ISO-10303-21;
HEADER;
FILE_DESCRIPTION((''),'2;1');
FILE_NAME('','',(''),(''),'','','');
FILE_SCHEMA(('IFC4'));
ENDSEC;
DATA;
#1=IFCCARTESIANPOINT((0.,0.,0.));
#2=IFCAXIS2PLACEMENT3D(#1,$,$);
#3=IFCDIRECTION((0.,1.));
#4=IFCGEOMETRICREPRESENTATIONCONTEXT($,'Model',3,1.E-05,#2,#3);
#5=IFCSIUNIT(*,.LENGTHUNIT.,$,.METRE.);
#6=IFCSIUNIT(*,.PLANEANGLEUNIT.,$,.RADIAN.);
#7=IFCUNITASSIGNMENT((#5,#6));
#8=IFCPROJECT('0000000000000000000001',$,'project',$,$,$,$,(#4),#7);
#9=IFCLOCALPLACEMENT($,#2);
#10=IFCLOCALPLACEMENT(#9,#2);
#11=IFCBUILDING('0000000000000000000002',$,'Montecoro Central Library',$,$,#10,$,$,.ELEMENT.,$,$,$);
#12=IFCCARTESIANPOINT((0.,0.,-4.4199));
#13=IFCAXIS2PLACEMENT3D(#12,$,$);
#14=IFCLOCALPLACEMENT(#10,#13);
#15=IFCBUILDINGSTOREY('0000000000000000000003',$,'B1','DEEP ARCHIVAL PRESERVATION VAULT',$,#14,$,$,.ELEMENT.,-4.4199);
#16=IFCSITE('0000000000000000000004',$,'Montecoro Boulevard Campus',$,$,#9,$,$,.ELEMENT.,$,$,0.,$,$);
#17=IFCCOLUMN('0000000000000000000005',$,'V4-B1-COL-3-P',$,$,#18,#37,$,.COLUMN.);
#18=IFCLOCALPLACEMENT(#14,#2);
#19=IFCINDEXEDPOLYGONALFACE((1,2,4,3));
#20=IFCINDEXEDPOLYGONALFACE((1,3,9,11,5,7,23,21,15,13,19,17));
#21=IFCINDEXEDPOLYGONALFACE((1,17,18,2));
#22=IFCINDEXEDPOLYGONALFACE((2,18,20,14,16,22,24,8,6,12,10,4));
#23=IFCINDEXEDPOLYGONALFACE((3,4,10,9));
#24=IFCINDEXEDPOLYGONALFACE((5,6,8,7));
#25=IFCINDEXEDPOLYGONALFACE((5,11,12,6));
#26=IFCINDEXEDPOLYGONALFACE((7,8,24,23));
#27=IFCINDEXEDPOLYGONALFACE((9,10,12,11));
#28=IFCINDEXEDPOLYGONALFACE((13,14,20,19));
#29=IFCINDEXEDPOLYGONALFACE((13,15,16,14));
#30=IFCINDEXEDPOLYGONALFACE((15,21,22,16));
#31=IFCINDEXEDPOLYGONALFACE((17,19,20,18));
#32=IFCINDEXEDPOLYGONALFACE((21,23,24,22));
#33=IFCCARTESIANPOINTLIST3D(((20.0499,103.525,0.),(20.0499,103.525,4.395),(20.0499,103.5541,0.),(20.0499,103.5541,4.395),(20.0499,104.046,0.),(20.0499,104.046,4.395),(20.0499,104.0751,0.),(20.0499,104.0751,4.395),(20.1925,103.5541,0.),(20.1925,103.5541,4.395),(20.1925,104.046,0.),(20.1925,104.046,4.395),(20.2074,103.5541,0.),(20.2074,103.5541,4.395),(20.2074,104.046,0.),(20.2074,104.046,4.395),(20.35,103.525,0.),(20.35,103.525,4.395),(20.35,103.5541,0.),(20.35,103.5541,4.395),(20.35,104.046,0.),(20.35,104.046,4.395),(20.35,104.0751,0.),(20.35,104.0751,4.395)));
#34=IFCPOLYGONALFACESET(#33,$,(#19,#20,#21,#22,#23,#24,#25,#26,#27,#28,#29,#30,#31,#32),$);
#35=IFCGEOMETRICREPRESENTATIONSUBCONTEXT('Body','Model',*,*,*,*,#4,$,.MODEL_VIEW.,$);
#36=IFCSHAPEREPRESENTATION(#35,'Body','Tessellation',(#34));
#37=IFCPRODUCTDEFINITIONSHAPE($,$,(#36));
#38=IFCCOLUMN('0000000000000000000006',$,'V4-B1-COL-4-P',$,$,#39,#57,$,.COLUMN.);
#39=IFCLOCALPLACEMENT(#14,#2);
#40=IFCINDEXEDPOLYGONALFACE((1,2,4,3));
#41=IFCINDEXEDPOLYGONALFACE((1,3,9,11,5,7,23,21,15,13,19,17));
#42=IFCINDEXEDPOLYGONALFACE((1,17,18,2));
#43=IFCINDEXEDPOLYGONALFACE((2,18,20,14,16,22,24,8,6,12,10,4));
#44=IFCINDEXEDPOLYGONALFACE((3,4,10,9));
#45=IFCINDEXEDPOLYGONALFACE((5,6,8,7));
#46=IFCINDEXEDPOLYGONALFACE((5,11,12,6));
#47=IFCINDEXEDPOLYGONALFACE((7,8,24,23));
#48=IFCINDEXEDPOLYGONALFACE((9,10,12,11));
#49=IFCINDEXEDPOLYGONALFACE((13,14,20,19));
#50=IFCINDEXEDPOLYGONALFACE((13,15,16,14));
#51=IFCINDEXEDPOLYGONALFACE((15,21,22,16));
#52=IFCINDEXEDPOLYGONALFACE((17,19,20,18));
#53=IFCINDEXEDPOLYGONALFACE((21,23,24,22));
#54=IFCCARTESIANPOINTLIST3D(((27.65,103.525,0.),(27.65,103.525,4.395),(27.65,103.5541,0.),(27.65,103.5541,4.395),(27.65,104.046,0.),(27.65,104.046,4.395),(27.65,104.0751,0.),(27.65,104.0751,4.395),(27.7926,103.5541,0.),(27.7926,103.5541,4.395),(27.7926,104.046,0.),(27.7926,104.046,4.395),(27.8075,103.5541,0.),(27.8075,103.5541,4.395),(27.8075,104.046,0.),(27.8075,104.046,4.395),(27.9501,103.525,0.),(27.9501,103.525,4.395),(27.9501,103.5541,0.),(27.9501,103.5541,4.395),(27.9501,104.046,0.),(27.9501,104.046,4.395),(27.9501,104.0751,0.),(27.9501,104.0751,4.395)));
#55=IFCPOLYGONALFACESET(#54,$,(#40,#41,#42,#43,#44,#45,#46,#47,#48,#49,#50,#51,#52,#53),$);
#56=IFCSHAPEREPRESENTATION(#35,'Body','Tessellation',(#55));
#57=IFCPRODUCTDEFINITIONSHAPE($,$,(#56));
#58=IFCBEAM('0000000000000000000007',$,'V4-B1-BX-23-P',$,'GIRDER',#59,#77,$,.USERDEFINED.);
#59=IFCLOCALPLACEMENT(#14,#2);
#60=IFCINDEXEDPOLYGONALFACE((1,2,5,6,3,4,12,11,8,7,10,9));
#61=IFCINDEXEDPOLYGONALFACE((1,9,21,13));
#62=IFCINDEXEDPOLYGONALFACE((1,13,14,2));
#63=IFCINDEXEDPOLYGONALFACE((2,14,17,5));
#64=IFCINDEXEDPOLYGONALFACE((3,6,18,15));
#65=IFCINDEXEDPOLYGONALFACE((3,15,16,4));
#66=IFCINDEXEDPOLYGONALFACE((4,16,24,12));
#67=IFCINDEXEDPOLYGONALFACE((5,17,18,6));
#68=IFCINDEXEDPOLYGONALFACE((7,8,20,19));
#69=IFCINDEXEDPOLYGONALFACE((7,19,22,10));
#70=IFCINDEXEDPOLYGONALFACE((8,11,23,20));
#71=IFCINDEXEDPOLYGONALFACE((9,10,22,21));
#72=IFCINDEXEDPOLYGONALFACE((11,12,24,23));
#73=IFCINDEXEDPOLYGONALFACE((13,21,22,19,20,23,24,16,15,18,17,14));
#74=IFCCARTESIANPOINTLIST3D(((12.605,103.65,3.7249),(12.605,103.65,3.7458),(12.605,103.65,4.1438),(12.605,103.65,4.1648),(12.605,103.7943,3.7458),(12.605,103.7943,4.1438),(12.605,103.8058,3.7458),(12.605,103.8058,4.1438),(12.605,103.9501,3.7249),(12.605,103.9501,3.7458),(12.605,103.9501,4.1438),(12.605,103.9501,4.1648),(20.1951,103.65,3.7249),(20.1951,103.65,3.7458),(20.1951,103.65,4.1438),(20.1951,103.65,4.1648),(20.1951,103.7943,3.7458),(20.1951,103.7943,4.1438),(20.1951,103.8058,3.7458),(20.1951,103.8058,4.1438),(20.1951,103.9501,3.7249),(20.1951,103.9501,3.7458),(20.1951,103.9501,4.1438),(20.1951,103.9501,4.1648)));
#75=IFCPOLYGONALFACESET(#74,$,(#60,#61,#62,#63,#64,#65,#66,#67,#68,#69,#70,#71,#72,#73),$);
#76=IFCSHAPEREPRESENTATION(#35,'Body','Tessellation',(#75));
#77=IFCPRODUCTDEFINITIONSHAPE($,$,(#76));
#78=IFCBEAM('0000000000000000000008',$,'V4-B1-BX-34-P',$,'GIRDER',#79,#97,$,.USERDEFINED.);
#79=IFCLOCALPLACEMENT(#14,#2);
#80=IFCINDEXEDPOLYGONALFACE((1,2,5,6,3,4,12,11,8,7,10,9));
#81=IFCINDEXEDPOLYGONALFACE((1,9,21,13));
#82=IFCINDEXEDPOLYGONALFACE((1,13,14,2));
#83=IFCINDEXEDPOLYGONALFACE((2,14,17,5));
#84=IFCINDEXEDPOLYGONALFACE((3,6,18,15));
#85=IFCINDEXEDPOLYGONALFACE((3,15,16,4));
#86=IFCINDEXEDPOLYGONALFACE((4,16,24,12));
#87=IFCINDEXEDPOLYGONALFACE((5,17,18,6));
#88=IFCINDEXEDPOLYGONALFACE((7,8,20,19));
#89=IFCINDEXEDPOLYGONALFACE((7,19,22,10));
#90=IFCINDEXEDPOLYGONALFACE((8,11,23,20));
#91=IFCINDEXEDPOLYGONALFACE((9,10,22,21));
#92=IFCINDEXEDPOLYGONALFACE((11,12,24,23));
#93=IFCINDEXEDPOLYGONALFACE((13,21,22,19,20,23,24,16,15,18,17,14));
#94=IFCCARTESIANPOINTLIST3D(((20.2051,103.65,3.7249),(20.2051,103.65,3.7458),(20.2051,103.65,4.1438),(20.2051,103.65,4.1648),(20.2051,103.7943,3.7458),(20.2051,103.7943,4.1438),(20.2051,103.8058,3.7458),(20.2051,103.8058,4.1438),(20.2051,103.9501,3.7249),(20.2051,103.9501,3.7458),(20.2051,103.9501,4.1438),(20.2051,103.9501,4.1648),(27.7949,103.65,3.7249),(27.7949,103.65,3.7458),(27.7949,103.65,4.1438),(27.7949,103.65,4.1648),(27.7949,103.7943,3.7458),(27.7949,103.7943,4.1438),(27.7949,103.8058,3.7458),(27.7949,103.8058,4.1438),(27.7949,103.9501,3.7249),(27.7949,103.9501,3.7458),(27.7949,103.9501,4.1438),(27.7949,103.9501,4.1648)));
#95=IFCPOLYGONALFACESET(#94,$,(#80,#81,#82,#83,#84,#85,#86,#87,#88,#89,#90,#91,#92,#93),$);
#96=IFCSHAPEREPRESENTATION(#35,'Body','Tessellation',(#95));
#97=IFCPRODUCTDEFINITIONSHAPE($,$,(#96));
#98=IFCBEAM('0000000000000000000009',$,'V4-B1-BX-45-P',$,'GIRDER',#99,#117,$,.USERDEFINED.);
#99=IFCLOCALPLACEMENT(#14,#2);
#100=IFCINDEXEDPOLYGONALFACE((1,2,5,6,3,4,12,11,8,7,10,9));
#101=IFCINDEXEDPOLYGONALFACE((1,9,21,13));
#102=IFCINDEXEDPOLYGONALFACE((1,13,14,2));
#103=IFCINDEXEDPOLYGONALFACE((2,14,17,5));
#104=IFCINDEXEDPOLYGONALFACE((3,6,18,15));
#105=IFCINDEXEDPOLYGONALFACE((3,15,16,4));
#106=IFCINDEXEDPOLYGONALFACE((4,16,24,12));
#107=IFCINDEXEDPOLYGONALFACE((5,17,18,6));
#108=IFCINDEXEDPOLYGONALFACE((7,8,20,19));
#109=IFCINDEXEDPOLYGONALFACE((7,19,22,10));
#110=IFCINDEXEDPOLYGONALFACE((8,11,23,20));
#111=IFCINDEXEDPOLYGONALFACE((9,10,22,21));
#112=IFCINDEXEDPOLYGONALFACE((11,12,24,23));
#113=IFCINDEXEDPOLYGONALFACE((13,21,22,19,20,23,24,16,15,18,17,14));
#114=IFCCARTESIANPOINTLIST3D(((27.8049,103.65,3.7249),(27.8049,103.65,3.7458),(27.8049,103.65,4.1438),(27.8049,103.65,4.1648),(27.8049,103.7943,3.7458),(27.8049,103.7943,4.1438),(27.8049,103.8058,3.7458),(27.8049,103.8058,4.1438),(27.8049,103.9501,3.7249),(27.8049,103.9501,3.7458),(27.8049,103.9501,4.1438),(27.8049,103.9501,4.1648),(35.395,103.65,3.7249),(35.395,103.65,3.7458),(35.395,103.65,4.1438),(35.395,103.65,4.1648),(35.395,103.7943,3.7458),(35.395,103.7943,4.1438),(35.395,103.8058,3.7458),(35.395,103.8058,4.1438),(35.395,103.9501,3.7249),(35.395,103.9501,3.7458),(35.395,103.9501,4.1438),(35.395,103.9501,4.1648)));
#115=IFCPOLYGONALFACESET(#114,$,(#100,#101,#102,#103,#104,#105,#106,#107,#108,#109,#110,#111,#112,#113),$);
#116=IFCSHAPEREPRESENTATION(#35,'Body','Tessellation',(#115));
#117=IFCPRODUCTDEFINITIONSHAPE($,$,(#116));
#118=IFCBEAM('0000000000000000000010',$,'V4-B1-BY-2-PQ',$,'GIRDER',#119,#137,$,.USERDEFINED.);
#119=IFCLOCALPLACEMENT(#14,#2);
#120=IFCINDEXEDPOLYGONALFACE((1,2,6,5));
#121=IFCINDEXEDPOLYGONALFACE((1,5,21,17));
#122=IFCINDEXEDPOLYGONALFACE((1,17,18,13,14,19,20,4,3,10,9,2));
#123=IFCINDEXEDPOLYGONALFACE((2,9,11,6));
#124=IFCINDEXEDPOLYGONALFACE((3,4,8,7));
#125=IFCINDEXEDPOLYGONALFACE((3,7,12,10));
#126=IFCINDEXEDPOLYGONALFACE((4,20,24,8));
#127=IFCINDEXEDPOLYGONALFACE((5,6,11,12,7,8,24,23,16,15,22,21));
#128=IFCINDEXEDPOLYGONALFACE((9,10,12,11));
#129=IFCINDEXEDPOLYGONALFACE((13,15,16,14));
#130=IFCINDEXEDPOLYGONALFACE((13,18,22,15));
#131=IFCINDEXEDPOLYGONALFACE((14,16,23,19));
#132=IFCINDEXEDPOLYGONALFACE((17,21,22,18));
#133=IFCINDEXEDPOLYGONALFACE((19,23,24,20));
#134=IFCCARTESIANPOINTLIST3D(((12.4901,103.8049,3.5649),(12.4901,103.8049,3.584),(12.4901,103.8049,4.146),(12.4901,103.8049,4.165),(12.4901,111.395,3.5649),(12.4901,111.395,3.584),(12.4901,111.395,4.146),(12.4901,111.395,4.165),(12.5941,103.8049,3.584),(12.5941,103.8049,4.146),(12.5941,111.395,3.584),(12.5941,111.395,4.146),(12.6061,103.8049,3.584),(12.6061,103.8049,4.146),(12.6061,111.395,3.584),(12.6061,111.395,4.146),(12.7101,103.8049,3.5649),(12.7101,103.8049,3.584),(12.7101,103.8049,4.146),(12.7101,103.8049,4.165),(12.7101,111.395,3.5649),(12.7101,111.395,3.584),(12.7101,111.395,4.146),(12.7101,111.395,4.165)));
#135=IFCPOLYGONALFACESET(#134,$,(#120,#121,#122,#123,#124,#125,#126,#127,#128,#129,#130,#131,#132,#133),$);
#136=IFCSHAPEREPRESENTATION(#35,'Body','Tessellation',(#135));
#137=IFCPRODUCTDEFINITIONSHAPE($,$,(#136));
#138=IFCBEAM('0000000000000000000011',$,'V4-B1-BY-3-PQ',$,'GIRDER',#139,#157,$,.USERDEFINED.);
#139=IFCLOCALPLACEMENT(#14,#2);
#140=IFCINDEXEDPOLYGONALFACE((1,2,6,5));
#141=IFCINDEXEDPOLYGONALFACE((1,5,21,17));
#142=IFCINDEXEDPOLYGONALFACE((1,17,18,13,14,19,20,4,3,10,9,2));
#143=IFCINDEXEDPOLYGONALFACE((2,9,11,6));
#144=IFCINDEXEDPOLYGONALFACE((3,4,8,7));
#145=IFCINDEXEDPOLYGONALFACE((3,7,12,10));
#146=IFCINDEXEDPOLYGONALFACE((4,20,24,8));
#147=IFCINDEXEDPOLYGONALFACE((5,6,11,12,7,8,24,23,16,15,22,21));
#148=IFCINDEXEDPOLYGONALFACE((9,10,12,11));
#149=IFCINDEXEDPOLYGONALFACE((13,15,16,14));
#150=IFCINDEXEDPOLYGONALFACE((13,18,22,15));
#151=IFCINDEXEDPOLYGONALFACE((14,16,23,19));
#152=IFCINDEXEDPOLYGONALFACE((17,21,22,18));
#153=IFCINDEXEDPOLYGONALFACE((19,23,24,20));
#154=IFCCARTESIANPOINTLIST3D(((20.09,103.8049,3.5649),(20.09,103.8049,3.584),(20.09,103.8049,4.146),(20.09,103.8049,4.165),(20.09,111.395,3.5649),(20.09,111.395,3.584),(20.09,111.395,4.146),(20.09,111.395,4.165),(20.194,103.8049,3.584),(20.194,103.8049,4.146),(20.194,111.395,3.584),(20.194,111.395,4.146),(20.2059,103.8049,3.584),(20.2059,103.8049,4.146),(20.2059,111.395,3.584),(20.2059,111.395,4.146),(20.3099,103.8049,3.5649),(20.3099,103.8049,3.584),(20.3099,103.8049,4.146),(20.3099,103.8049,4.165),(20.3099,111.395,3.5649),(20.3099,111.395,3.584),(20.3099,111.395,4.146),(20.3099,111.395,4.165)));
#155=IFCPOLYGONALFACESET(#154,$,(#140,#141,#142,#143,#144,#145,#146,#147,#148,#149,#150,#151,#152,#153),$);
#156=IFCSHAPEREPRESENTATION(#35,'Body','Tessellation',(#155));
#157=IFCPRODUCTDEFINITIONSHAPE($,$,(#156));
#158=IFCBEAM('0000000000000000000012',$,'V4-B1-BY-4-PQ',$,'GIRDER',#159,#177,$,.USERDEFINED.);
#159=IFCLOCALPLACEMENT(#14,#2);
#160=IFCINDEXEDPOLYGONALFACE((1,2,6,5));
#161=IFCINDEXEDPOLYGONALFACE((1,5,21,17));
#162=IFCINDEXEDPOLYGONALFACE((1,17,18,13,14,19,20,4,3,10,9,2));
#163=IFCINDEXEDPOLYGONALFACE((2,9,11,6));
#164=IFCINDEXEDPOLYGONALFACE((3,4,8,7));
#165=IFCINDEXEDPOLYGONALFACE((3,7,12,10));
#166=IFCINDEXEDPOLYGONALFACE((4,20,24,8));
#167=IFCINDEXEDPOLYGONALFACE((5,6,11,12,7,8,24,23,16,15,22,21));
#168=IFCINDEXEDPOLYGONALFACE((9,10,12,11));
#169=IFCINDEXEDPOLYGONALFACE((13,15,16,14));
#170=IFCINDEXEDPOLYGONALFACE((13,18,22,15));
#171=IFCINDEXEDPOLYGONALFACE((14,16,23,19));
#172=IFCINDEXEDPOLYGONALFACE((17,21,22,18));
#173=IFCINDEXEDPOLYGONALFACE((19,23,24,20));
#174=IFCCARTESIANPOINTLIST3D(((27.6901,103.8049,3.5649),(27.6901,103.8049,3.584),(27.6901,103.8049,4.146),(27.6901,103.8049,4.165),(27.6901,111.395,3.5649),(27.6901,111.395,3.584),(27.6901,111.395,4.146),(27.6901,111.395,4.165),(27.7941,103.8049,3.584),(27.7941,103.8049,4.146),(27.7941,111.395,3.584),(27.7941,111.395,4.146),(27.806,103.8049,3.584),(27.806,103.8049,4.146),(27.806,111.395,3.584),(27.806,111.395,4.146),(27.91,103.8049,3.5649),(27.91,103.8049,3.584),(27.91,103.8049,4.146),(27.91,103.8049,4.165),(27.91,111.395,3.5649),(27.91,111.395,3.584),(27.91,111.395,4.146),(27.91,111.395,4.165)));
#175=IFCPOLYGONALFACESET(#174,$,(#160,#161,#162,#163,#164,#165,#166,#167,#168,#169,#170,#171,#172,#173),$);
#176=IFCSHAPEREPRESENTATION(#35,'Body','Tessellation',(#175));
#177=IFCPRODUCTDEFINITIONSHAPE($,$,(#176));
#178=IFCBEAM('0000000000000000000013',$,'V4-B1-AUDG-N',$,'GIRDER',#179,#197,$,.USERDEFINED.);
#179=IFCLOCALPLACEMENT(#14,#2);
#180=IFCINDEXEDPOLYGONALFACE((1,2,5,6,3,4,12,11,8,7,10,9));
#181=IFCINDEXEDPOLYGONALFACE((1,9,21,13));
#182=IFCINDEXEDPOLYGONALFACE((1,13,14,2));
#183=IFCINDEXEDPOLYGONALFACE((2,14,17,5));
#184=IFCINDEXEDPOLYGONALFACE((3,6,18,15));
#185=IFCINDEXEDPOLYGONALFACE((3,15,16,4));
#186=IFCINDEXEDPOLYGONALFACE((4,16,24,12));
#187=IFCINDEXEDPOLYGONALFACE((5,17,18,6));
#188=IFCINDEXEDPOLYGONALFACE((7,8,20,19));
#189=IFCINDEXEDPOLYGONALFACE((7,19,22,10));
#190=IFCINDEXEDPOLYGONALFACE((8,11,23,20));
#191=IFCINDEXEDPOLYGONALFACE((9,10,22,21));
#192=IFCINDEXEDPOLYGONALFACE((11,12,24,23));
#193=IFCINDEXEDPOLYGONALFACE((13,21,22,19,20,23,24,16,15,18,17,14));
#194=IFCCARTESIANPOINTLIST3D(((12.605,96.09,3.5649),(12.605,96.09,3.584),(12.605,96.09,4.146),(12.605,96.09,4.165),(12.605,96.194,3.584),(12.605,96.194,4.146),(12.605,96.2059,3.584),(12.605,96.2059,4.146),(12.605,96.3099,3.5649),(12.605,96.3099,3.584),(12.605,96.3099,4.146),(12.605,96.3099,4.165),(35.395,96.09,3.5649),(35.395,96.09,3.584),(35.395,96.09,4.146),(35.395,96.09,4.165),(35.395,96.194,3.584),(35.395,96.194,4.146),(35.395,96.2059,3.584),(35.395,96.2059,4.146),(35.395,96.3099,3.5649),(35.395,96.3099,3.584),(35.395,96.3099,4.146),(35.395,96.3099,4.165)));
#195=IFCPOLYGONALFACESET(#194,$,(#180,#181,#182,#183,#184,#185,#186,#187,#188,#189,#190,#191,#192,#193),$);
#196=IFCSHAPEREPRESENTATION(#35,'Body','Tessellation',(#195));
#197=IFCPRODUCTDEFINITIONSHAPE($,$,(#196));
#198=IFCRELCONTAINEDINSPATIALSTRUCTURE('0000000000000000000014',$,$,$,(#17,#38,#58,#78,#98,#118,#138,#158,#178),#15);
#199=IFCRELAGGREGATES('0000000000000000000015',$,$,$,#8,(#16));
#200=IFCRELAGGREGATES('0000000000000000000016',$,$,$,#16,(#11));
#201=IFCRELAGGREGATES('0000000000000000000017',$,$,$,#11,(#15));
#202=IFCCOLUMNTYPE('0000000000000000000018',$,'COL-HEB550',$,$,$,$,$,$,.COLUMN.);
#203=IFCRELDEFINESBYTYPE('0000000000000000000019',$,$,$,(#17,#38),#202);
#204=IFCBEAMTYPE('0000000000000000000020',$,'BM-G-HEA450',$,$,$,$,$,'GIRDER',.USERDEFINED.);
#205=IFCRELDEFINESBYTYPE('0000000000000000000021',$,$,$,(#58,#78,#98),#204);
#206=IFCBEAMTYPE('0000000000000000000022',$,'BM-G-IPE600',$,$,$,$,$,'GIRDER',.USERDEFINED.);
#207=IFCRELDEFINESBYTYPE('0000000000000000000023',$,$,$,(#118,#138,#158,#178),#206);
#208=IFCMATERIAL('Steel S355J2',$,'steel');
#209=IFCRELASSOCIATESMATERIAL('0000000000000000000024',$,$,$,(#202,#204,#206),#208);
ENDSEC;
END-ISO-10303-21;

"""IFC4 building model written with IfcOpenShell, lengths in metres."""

from ifc_helpers import new_model, si_unit, direction, frame, origin, origin_2d, place, context, subcontext, project, spatial, i_section, extrude, material, material_profile, profile_set, type_object, element, save


model = new_model("IFC4")

# Units and contexts
model_context = context("Model", 3, precision=1e-05, world=origin(), true_north=direction((0.0, 1.0)))
body_context = subcontext(model_context, "Body", "Model", "MODEL_VIEW")
ifc_project = project(units=[si_unit("LENGTHUNIT", "METRE"), si_unit("PLANEANGLEUNIT", "RADIAN")], contexts=[model_context])

# Site, building, storey
site_placement = place(None, origin())
site = spatial("IfcSite", under=ifc_project, at=site_placement, Name="Montecoro Boulevard Campus", CompositionType="ELEMENT", RefElevation=0.0)
building_placement = place(site_placement, origin())
building = spatial("IfcBuilding", under=site, at=building_placement, Name="Montecoro Central Library", CompositionType="ELEMENT")
storey_placement = place(building_placement, frame((0.0, 0.0, -4.4199)))
storey = spatial("IfcBuildingStorey", under=building, at=storey_placement, Name="B1", Description="DEEP ARCHIVAL PRESERVATION VAULT", CompositionType="ELEMENT", Elevation=-4.4199)

# Columns
ifc_material_1 = material(Name="Steel S355J2", Category="steel")
ifc_material_profile_1 = material_profile(ifc_material_1, i_section(OverallWidth=0.3, OverallDepth=0.55, WebThickness=0.0149, FlangeThickness=0.0291, at=origin_2d()), Name="HEB 550")
ifc_profile_set_1 = profile_set([ifc_material_profile_1], Name="Steel S355J2")
column_type = type_object("IfcColumnType", Name="COL-HEB550", PredefinedType="COLUMN", material=ifc_profile_set_1)
for number, where, z_axis, x_axis, name in (
    (1, (20.2, 103.8, 0.0), (0.0, 0.0, 1.0), (1.0, 0.0, 0.0), "V4-B1-COL-3-P"),
    (2, (27.8, 103.8, 0.0), (0.0, 0.0, 1.0), (1.0, 0.0, 0.0), "V4-B1-COL-4-P"),
):
    element("IfcColumn", number, at=place(storey_placement, frame(where, z_axis=z_axis, x_axis=x_axis)), inside=storey, type_object=column_type, Name=name, PredefinedType="COLUMN", context=body_context, shape_type="SweptSolid", body=[
        extrude(i_section(OverallWidth=0.3, OverallDepth=0.55, WebThickness=0.0149, FlangeThickness=0.0291, at=origin_2d()), origin(), (0.0, 0.0, 1.0), 4.395),
    ])

# Beams
ifc_material_profile_2 = material_profile(ifc_material_1, i_section(OverallWidth=0.3, OverallDepth=0.4399, WebThickness=0.0115, FlangeThickness=0.021, at=origin_2d()), Name="HEA 450")
ifc_profile_set_2 = profile_set([ifc_material_profile_2], Name="Steel S355J2")
beam_type_1 = type_object("IfcBeamType", Name="BM-G-HEA450", ElementType="GIRDER", PredefinedType="USERDEFINED", material=ifc_profile_set_2)
beam_1_placement = place(storey_placement, frame((12.605, 103.8, 3.9448), z_axis=(1.0, 0.0, 0.0), x_axis=(0.0, 1.0, 0.0)))
element("IfcBeam", 3, at=beam_1_placement, inside=storey, type_object=beam_type_1, Name="V4-B1-BX-23-P", ObjectType="GIRDER", PredefinedType="USERDEFINED", context=body_context, shape_type="SweptSolid", body=[
    extrude(i_section(OverallWidth=0.3, OverallDepth=0.4399, WebThickness=0.0115, FlangeThickness=0.021, at=origin_2d()), origin(), (0.0, 0.0, 1.0), 7.5901),
])
beam_2_placement = place(storey_placement, frame((20.2051, 103.8, 3.9448), z_axis=(1.0, 0.0, 0.0), x_axis=(0.0, 1.0, 0.0)))
element("IfcBeam", 4, at=beam_2_placement, inside=storey, type_object=beam_type_1, Name="V4-B1-BX-34-P", ObjectType="GIRDER", PredefinedType="USERDEFINED", context=body_context, shape_type="SweptSolid", body=[
    extrude(i_section(OverallWidth=0.3, OverallDepth=0.4399, WebThickness=0.0115, FlangeThickness=0.021, at=origin_2d()), origin(), (0.0, 0.0, 1.0), 7.5898),
])
beam_3_placement = place(storey_placement, frame((27.8049, 103.8, 3.9448), z_axis=(1.0, 0.0, 0.0), x_axis=(0.0, 1.0, 0.0)))
element("IfcBeam", 5, at=beam_3_placement, inside=storey, type_object=beam_type_1, Name="V4-B1-BX-45-P", ObjectType="GIRDER", PredefinedType="USERDEFINED", context=body_context, shape_type="SweptSolid", body=[
    extrude(i_section(OverallWidth=0.3, OverallDepth=0.4399, WebThickness=0.0115, FlangeThickness=0.021, at=origin_2d()), origin(), (0.0, 0.0, 1.0), 7.5901),
])
ifc_material_profile_3 = material_profile(ifc_material_1, i_section(OverallWidth=0.22, OverallDepth=0.6001, WebThickness=0.012, FlangeThickness=0.019, at=origin_2d()), Name="IPE 600")
ifc_profile_set_3 = profile_set([ifc_material_profile_3], Name="Steel S355J2")
beam_type_2 = type_object("IfcBeamType", Name="BM-G-IPE600", ElementType="GIRDER", PredefinedType="USERDEFINED", material=ifc_profile_set_3)
for number, where, z_axis, x_axis, name in (
    (6, (12.6001, 103.8049, 3.865), (0.0, 1.0, 0.0), (-1.0, 0.0, 0.0), "V4-B1-BY-2-PQ"),
    (7, (20.2, 103.8049, 3.865), (0.0, 1.0, 0.0), (-1.0, 0.0, 0.0), "V4-B1-BY-3-PQ"),
    (8, (27.8, 103.8049, 3.865), (0.0, 1.0, 0.0), (-1.0, 0.0, 0.0), "V4-B1-BY-4-PQ"),
):
    element("IfcBeam", number, at=place(storey_placement, frame(where, z_axis=z_axis, x_axis=x_axis)), inside=storey, type_object=beam_type_2, Name=name, ObjectType="GIRDER", PredefinedType="USERDEFINED", context=body_context, shape_type="SweptSolid", body=[
        extrude(i_section(OverallWidth=0.22, OverallDepth=0.6001, WebThickness=0.012, FlangeThickness=0.019, at=origin_2d()), origin(), (0.0, 0.0, 1.0), 7.5901),
    ])
beam_4_placement = place(storey_placement, frame((12.605, 96.2, 3.865), z_axis=(1.0, 0.0, 0.0), x_axis=(0.0, 1.0, 0.0)))
element("IfcBeam", 9, at=beam_4_placement, inside=storey, type_object=beam_type_2, Name="V4-B1-AUDG-N", ObjectType="GIRDER", PredefinedType="USERDEFINED", context=body_context, shape_type="SweptSolid", body=[
    extrude(i_section(OverallWidth=0.22, OverallDepth=0.6001, WebThickness=0.012, FlangeThickness=0.019, at=origin_2d()), origin(), (0.0, 0.0, 1.0), 22.79),
])

save(model, "model.ifc")
